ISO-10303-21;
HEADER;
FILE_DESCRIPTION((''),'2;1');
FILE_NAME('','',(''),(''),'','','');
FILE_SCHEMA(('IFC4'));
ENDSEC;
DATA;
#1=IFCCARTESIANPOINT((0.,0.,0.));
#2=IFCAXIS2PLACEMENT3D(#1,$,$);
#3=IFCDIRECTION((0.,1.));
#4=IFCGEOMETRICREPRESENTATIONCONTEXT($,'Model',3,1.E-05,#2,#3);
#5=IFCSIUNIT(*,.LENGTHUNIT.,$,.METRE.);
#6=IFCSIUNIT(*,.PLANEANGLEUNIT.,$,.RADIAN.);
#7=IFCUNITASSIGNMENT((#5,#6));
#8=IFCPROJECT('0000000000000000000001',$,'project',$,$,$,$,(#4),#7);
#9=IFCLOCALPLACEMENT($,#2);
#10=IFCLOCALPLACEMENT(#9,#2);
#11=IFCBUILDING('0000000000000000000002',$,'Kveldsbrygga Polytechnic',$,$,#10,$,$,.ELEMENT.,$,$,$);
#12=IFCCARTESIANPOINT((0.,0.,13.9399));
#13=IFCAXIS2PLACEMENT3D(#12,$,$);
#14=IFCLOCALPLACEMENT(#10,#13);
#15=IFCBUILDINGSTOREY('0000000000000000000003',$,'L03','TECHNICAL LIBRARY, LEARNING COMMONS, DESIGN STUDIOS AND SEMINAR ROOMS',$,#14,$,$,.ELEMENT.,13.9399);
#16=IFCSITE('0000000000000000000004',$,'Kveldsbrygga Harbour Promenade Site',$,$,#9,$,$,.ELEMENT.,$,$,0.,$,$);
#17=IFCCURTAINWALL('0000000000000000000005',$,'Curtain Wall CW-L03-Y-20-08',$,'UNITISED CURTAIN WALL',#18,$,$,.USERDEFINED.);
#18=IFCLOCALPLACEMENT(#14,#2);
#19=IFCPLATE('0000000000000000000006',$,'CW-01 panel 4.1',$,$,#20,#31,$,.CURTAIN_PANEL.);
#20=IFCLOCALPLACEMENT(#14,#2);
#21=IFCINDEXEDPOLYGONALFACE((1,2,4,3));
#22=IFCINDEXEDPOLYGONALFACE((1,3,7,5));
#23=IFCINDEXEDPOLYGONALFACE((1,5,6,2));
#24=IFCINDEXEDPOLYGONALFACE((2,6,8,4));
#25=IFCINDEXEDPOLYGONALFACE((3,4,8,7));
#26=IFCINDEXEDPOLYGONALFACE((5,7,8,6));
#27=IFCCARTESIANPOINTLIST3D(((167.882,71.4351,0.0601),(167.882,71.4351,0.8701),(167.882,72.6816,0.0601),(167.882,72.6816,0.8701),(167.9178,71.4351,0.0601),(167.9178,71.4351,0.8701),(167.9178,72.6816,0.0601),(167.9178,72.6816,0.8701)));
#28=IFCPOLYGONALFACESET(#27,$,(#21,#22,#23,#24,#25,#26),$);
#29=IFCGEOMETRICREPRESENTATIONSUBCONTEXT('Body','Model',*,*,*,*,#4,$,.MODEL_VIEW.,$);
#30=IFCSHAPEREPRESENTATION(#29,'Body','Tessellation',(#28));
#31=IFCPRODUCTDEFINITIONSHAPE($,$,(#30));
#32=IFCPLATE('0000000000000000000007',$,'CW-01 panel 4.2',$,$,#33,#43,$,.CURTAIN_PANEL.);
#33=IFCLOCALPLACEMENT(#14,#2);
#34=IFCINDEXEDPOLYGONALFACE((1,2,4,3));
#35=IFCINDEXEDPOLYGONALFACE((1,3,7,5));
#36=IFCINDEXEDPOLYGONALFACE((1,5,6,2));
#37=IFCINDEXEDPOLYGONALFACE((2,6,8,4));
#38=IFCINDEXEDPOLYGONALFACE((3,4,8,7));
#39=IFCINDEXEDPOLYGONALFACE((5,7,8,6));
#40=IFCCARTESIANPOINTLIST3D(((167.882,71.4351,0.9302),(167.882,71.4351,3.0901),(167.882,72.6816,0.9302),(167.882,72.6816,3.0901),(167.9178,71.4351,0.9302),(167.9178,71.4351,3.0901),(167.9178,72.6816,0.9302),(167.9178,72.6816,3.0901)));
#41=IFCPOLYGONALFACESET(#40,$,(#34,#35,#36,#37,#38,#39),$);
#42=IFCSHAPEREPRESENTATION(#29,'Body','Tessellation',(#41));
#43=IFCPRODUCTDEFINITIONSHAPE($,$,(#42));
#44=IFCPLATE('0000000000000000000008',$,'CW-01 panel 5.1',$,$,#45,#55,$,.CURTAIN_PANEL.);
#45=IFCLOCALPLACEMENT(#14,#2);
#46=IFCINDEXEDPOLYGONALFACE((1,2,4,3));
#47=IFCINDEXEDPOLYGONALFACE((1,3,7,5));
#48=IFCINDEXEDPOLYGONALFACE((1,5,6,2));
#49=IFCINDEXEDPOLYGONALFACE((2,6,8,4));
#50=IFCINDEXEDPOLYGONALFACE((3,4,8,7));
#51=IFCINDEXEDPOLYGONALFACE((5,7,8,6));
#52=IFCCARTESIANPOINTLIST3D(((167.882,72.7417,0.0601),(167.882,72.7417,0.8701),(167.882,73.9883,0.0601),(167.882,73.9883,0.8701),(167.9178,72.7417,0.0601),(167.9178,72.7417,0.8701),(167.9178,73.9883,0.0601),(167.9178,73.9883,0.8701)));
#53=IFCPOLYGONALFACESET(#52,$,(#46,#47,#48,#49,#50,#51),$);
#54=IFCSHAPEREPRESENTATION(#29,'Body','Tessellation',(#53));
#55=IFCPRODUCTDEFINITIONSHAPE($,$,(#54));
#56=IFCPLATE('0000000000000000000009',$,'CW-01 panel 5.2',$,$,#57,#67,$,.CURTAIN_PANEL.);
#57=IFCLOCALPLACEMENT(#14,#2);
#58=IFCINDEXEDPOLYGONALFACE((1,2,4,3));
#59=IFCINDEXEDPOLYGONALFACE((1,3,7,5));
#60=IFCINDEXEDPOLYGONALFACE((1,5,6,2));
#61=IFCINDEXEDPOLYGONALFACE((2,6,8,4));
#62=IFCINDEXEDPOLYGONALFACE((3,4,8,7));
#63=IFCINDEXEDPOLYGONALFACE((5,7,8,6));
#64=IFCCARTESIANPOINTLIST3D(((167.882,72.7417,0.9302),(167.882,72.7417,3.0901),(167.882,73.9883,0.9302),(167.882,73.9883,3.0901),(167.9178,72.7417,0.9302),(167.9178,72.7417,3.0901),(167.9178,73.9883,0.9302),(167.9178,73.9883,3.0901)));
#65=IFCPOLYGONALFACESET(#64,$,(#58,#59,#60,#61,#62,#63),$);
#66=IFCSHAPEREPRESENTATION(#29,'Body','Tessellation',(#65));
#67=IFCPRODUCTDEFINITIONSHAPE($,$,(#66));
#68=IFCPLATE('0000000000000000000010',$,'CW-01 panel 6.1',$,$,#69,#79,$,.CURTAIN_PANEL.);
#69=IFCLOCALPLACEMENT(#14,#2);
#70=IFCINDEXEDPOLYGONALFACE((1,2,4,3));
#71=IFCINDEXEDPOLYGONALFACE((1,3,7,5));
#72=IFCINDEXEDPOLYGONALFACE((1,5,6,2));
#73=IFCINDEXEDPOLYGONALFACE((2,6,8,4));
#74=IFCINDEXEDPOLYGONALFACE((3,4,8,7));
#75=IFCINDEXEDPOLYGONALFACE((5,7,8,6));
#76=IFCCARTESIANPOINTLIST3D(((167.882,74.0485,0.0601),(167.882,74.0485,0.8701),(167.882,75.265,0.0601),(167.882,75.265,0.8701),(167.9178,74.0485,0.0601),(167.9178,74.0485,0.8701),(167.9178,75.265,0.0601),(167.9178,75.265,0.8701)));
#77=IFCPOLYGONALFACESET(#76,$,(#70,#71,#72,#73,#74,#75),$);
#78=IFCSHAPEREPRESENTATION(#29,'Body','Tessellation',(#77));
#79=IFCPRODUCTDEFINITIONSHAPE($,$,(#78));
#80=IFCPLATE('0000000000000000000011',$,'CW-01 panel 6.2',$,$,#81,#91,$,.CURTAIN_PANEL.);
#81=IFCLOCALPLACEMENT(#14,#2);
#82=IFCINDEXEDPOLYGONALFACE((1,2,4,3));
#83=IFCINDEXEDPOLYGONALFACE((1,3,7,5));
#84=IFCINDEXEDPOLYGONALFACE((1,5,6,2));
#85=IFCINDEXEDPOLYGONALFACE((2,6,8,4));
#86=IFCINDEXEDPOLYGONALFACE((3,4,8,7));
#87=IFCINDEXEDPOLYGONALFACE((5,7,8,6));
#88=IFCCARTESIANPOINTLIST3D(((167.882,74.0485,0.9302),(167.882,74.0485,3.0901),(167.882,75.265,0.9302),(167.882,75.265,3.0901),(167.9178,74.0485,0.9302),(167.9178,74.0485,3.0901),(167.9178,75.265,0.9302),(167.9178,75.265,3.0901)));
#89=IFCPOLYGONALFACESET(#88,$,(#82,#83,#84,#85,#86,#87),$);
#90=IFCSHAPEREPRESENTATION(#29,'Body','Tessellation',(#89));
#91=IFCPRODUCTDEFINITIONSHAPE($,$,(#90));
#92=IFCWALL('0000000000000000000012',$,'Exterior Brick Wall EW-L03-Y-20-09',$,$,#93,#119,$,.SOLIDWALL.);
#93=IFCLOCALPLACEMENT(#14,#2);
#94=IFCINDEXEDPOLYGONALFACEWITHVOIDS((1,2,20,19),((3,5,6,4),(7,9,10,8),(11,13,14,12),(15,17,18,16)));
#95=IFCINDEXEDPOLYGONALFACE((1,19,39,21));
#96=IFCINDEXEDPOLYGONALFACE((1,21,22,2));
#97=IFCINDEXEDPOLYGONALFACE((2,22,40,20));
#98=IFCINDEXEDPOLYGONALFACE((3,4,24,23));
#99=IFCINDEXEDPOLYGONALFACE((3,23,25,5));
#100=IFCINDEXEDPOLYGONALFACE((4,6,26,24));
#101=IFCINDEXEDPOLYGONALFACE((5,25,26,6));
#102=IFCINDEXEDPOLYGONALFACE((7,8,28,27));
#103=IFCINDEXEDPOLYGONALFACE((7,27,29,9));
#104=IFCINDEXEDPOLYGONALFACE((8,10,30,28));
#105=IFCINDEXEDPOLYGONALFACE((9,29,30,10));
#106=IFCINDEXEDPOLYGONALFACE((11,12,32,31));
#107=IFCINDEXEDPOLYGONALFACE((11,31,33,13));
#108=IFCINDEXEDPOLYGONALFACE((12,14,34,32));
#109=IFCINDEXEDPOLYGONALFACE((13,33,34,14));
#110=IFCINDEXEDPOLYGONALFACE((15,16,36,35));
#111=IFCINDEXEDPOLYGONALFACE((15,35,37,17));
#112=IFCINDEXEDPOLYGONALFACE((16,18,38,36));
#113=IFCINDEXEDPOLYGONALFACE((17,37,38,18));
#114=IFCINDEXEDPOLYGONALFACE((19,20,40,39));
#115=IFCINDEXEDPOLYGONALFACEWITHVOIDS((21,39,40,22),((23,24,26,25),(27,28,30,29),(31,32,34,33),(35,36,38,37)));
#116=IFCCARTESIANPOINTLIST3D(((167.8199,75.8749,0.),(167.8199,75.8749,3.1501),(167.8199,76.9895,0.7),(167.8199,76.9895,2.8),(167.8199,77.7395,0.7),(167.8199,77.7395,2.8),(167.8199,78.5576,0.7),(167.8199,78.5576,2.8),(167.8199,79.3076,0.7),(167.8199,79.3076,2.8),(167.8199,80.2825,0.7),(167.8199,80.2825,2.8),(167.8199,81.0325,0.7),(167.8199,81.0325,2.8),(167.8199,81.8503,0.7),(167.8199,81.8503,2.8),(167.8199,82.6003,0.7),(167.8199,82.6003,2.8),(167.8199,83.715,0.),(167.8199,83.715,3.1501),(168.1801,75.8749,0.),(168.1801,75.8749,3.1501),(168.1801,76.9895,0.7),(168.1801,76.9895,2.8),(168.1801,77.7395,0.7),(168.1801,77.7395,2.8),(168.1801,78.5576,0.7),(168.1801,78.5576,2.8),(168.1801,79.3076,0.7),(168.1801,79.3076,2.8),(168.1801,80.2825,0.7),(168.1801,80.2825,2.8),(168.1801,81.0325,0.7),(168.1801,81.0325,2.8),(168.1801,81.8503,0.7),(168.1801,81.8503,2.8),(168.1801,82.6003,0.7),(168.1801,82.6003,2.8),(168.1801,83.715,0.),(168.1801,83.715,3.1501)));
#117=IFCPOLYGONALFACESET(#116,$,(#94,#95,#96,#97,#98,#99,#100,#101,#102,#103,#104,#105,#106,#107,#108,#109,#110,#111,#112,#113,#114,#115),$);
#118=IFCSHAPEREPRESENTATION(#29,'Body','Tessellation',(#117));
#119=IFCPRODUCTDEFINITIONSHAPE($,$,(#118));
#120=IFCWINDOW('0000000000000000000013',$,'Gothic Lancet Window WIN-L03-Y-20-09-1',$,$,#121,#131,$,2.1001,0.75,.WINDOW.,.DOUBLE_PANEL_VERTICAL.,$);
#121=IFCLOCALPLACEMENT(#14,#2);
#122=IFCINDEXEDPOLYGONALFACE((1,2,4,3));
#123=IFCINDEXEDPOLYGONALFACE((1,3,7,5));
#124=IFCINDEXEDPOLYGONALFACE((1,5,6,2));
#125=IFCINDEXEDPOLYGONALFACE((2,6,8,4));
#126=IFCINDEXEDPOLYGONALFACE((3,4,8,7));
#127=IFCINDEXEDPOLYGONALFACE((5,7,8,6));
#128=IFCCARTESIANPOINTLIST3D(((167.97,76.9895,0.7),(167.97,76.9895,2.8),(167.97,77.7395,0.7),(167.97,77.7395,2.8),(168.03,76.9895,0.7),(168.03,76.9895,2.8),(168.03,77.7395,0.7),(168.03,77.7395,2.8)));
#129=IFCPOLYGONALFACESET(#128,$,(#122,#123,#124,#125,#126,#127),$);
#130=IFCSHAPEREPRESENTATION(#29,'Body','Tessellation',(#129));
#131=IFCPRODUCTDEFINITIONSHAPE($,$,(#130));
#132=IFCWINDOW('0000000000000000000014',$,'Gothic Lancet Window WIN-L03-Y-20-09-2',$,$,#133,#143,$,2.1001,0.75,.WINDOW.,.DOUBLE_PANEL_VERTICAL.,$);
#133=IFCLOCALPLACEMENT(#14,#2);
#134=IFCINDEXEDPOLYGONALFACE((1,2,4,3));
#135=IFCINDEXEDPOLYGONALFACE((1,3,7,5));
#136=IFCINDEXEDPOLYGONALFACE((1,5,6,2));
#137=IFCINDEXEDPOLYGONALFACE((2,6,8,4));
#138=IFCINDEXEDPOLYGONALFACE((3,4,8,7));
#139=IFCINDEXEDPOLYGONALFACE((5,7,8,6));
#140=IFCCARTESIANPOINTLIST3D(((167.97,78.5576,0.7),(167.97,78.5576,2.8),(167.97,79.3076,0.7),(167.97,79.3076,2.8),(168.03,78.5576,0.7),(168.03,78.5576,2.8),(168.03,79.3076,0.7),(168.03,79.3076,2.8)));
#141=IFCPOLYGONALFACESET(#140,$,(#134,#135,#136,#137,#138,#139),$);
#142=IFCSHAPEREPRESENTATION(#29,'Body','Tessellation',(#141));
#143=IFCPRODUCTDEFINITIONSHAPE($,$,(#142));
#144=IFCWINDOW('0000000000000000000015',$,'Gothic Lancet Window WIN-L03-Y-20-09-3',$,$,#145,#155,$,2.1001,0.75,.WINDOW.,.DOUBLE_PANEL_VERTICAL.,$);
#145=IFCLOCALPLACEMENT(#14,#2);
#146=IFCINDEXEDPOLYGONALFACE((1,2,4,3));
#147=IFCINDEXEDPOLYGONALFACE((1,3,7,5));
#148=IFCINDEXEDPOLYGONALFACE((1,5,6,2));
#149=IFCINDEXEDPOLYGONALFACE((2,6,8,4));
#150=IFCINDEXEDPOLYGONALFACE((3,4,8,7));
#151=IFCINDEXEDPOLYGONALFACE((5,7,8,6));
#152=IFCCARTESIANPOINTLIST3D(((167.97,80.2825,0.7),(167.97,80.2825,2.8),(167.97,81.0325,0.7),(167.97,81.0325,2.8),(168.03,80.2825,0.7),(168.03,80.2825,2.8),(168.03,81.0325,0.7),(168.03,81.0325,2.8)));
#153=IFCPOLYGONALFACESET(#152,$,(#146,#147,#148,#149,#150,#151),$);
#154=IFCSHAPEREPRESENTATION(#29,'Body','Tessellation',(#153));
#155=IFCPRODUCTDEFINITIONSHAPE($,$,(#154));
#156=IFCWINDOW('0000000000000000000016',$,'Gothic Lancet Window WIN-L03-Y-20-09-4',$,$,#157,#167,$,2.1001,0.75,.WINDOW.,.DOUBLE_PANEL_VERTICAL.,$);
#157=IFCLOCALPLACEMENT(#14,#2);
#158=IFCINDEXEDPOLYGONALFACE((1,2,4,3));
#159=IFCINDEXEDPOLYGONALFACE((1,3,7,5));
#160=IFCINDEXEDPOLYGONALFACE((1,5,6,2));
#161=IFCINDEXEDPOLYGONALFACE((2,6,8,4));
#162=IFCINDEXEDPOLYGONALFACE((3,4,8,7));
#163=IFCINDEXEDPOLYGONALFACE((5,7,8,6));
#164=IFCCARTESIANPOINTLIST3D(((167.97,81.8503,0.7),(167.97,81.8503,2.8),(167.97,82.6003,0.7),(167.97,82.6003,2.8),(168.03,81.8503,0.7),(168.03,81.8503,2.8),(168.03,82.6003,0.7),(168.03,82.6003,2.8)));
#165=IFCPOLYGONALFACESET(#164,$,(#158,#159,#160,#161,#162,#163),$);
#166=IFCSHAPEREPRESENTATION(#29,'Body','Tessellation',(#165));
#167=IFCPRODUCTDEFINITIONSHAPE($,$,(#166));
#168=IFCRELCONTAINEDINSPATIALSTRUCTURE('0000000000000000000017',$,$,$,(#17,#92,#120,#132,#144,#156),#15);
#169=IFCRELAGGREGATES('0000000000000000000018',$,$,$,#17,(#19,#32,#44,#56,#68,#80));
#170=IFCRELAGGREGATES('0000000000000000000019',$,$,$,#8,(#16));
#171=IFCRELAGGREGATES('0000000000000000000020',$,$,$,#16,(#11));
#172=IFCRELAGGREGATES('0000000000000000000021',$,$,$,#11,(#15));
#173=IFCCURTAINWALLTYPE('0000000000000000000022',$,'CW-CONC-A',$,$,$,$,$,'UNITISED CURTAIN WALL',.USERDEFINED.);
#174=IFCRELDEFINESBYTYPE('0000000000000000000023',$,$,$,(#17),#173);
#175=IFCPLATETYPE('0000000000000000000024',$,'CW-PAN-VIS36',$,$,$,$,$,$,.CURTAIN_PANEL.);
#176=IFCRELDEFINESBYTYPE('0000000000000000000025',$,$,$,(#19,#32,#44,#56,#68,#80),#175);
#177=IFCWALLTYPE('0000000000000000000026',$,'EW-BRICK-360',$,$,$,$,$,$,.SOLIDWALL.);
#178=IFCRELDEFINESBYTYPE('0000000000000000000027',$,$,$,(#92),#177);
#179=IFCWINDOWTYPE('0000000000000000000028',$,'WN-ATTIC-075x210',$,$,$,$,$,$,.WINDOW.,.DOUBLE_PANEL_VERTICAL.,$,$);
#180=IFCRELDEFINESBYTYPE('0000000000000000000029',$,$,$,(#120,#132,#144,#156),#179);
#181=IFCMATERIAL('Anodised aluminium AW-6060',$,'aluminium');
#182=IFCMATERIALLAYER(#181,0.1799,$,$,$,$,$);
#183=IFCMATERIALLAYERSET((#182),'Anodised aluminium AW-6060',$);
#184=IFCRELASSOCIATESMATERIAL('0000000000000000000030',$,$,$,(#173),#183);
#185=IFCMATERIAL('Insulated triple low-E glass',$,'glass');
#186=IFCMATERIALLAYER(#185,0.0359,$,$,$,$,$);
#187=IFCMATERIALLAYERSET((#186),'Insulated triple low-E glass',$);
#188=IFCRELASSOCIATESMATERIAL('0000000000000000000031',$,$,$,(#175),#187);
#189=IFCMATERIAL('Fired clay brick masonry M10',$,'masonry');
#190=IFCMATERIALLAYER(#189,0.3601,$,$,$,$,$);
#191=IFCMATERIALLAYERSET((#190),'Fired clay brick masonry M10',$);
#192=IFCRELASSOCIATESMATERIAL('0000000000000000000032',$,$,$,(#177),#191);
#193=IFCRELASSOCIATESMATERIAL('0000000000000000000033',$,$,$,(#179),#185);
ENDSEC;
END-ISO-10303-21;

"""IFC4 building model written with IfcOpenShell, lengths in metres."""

from ifc_helpers import new_model, si_unit, direction, frame, frame_2d, origin, origin_2d, place, context, subcontext, project, spatial, rectangle, extrude, material, layer, layer_set, type_object, element, fill, aggregate, save


model = new_model("IFC4")

# Units and contexts
model_context = context("Model", 3, precision=1e-05, world=origin(), true_north=direction((0.0, 1.0)))
body_context = subcontext(model_context, "Body", "Model", "MODEL_VIEW")
ifc_project = project(units=[si_unit("LENGTHUNIT", "METRE"), si_unit("PLANEANGLEUNIT", "RADIAN")], contexts=[model_context])

# Site, building, storey
site_placement = place(None, origin())
site = spatial("IfcSite", under=ifc_project, at=site_placement, Name="Kveldsbrygga Harbour Promenade Site", CompositionType="ELEMENT", RefElevation=0.0)
building_placement = place(site_placement, origin())
building = spatial("IfcBuilding", under=site, at=building_placement, Name="Kveldsbrygga Polytechnic", CompositionType="ELEMENT")
storey_placement = place(building_placement, frame((0.0, 0.0, 13.9399)))
storey = spatial("IfcBuildingStorey", under=building, at=storey_placement, Name="L03", Description="TECHNICAL LIBRARY, LEARNING COMMONS, DESIGN STUDIOS AND SEMINAR ROOMS", CompositionType="ELEMENT", Elevation=13.9399)

# Curtain wall, plates
ifc_material_1 = material(Name="Anodised aluminium AW-6060", Category="aluminium")
ifc_layer_1 = layer(ifc_material_1, 0.1799)
ifc_layer_set_1 = layer_set([ifc_layer_1], Name="Anodised aluminium AW-6060")
curtain_wall_type = type_object("IfcCurtainWallType", Name="CW-CONC-A", ElementType="UNITISED CURTAIN WALL", PredefinedType="USERDEFINED", material=ifc_layer_set_1)
curtain_wall_placement = place(storey_placement, origin())
curtain_wall = element("IfcCurtainWall", 1, at=curtain_wall_placement, inside=storey, type_object=curtain_wall_type, Name="Curtain Wall CW-L03-Y-20-08", ObjectType="UNITISED CURTAIN WALL", PredefinedType="USERDEFINED")
ifc_material_2 = material(Name="Insulated triple low-E glass", Category="glass")
ifc_layer_2 = layer(ifc_material_2, 0.0359)
ifc_layer_set_2 = layer_set([ifc_layer_2], Name="Insulated triple low-E glass")
plate_type = type_object("IfcPlateType", Name="CW-PAN-VIS36", PredefinedType="CURTAIN_PANEL", material=ifc_layer_set_2)
plate_1_placement = place(storey_placement, frame((167.8999, 72.0583, 0.0601), z_axis=(0.0, 0.0, 1.0), x_axis=(0.0, 1.0, 0.0)))
plate_1 = element("IfcPlate", 2, at=plate_1_placement, type_object=plate_type, Name="CW-01 panel 4.1", PredefinedType="CURTAIN_PANEL", context=body_context, shape_type="SweptSolid", body=[
    extrude(rectangle(XDim=1.2466, YDim=0.0359, at=origin_2d()), origin(), (0.0, 0.0, 1.0), 0.8101),
])
plate_2_placement = place(storey_placement, frame((167.8999, 72.0583, 0.9302), z_axis=(0.0, 0.0, 1.0), x_axis=(0.0, 1.0, 0.0)))
plate_2 = element("IfcPlate", 3, at=plate_2_placement, type_object=plate_type, Name="CW-01 panel 4.2", PredefinedType="CURTAIN_PANEL", context=body_context, shape_type="SweptSolid", body=[
    extrude(rectangle(XDim=1.2466, YDim=0.0359, at=origin_2d()), origin(), (0.0, 0.0, 1.0), 2.1599),
])
plate_3_placement = place(storey_placement, frame((167.8999, 73.365, 0.0601), z_axis=(0.0, 0.0, 1.0), x_axis=(0.0, 1.0, 0.0)))
plate_3 = element("IfcPlate", 4, at=plate_3_placement, type_object=plate_type, Name="CW-01 panel 5.1", PredefinedType="CURTAIN_PANEL", context=body_context, shape_type="SweptSolid", body=[
    extrude(rectangle(XDim=1.2466, YDim=0.0359, at=origin_2d()), origin(), (0.0, 0.0, 1.0), 0.8101),
])
plate_4_placement = place(storey_placement, frame((167.8999, 73.365, 0.9302), z_axis=(0.0, 0.0, 1.0), x_axis=(0.0, 1.0, 0.0)))
plate_4 = element("IfcPlate", 5, at=plate_4_placement, type_object=plate_type, Name="CW-01 panel 5.2", PredefinedType="CURTAIN_PANEL", context=body_context, shape_type="SweptSolid", body=[
    extrude(rectangle(XDim=1.2466, YDim=0.0359, at=origin_2d()), origin(), (0.0, 0.0, 1.0), 2.1599),
])
plate_5_placement = place(storey_placement, frame((167.8999, 74.6567, 0.0601), z_axis=(0.0, 0.0, 1.0), x_axis=(0.0, 1.0, 0.0)))
plate_5 = element("IfcPlate", 6, at=plate_5_placement, type_object=plate_type, Name="CW-01 panel 6.1", PredefinedType="CURTAIN_PANEL", context=body_context, shape_type="SweptSolid", body=[
    extrude(rectangle(XDim=1.2166, YDim=0.0359, at=origin_2d()), origin(), (0.0, 0.0, 1.0), 0.8101),
])
plate_6_placement = place(storey_placement, frame((167.8999, 74.6567, 0.9302), z_axis=(0.0, 0.0, 1.0), x_axis=(0.0, 1.0, 0.0)))
plate_6 = element("IfcPlate", 7, at=plate_6_placement, type_object=plate_type, Name="CW-01 panel 6.2", PredefinedType="CURTAIN_PANEL", context=body_context, shape_type="SweptSolid", body=[
    extrude(rectangle(XDim=1.2166, YDim=0.0359, at=origin_2d()), origin(), (0.0, 0.0, 1.0), 2.1599),
])
aggregate(curtain_wall, [plate_1, plate_2, plate_3, plate_4, plate_5, plate_6])

# Wall, openings, windows
ifc_material_3 = material(Name="Fired clay brick masonry M10", Category="masonry")
ifc_layer_3 = layer(ifc_material_3, 0.3601)
ifc_layer_set_3 = layer_set([ifc_layer_3], Name="Fired clay brick masonry M10")
wall_type = type_object("IfcWallType", Name="EW-BRICK-360", PredefinedType="SOLIDWALL", material=ifc_layer_set_3)
wall_placement = place(storey_placement, frame((168.0, 75.875, 0.0), z_axis=(0.0, 0.0, 1.0), x_axis=(0.0, 1.0, 0.0)))
wall = element("IfcWall", 8, at=wall_placement, inside=storey, type_object=wall_type, Name="Exterior Brick Wall EW-L03-Y-20-09", PredefinedType="SOLIDWALL", context=body_context, shape_type="SweptSolid", body=[
    extrude(rectangle(XDim=7.8401, YDim=0.3601, at=frame_2d((3.9199, 0.0))), origin(), (0.0, 0.0, 1.0), 3.1501),
])
opening_1_placement = place(wall_placement, frame((1.1145, 0.0, 0.7)))
opening_1 = element("IfcOpeningElement", 9, at=opening_1_placement, cuts=wall, PredefinedType="OPENING", context=body_context, shape_type="SweptSolid", body=[
    extrude(rectangle(XDim=0.75, YDim=2.1001, at=frame_2d((0.375, 1.05))), frame((0.0, 0.1899, 0.0), z_axis=(0.0, -1.0, 0.0), x_axis=(1.0, 0.0, 0.0)), (0.0, 0.0, 1.0), 0.3801),
])
opening_2_placement = place(wall_placement, frame((2.6826, 0.0, 0.7)))
opening_2 = element("IfcOpeningElement", 10, at=opening_2_placement, cuts=wall, PredefinedType="OPENING", context=body_context, shape_type="SweptSolid", body=[
    extrude(rectangle(XDim=0.75, YDim=2.1001, at=frame_2d((0.375, 1.05))), frame((0.0, 0.1899, 0.0), z_axis=(0.0, -1.0, 0.0), x_axis=(1.0, 0.0, 0.0)), (0.0, 0.0, 1.0), 0.3801),
])
opening_3_placement = place(wall_placement, frame((4.4075, 0.0, 0.7)))
opening_3 = element("IfcOpeningElement", 11, at=opening_3_placement, cuts=wall, PredefinedType="OPENING", context=body_context, shape_type="SweptSolid", body=[
    extrude(rectangle(XDim=0.75, YDim=2.1001, at=frame_2d((0.375, 1.05))), frame((0.0, 0.1899, 0.0), z_axis=(0.0, -1.0, 0.0), x_axis=(1.0, 0.0, 0.0)), (0.0, 0.0, 1.0), 0.3801),
])
opening_4_placement = place(wall_placement, frame((5.9753, 0.0, 0.7)))
opening_4 = element("IfcOpeningElement", 12, at=opening_4_placement, cuts=wall, PredefinedType="OPENING", context=body_context, shape_type="SweptSolid", body=[
    extrude(rectangle(XDim=0.75, YDim=2.1001, at=frame_2d((0.375, 1.05))), frame((0.0, 0.1899, 0.0), z_axis=(0.0, -1.0, 0.0), x_axis=(1.0, 0.0, 0.0)), (0.0, 0.0, 1.0), 0.3801),
])
window_type = type_object("IfcWindowType", Name="WN-ATTIC-075x210", PartitioningType="DOUBLE_PANEL_VERTICAL", PredefinedType="WINDOW", material=ifc_material_2)
window_1_placement = place(opening_1_placement, origin())
window_1 = element("IfcWindow", 13, at=window_1_placement, inside=storey, type_object=window_type, Name="Gothic Lancet Window WIN-L03-Y-20-09-1", OverallHeight=2.1001, OverallWidth=0.75, PartitioningType="DOUBLE_PANEL_VERTICAL", PredefinedType="WINDOW", context=body_context, shape_type="SweptSolid", body=[
    extrude(rectangle(XDim=0.75, YDim=2.1001, at=frame_2d((0.375, 1.05))), frame((0.0, 0.03, 0.0), z_axis=(0.0, -1.0, 0.0), x_axis=(1.0, 0.0, 0.0)), (0.0, 0.0, 1.0), 0.0601),
])
fill(opening_1, window_1)
window_2_placement = place(opening_2_placement, origin())
window_2 = element("IfcWindow", 14, at=window_2_placement, inside=storey, type_object=window_type, Name="Gothic Lancet Window WIN-L03-Y-20-09-2", OverallHeight=2.1001, OverallWidth=0.75, PartitioningType="DOUBLE_PANEL_VERTICAL", PredefinedType="WINDOW", context=body_context, shape_type="SweptSolid", body=[
    extrude(rectangle(XDim=0.75, YDim=2.1001, at=frame_2d((0.375, 1.05))), frame((0.0, 0.03, 0.0), z_axis=(0.0, -1.0, 0.0), x_axis=(1.0, 0.0, 0.0)), (0.0, 0.0, 1.0), 0.0601),
])
fill(opening_2, window_2)
window_3_placement = place(opening_3_placement, origin())
window_3 = element("IfcWindow", 15, at=window_3_placement, inside=storey, type_object=window_type, Name="Gothic Lancet Window WIN-L03-Y-20-09-3", OverallHeight=2.1001, OverallWidth=0.75, PartitioningType="DOUBLE_PANEL_VERTICAL", PredefinedType="WINDOW", context=body_context, shape_type="SweptSolid", body=[
    extrude(rectangle(XDim=0.75, YDim=2.1001, at=frame_2d((0.375, 1.05))), frame((0.0, 0.03, 0.0), z_axis=(0.0, -1.0, 0.0), x_axis=(1.0, 0.0, 0.0)), (0.0, 0.0, 1.0), 0.0601),
])
fill(opening_3, window_3)
window_4_placement = place(opening_4_placement, origin())
window_4 = element("IfcWindow", 16, at=window_4_placement, inside=storey, type_object=window_type, Name="Gothic Lancet Window WIN-L03-Y-20-09-4", OverallHeight=2.1001, OverallWidth=0.75, PartitioningType="DOUBLE_PANEL_VERTICAL", PredefinedType="WINDOW", context=body_context, shape_type="SweptSolid", body=[
    extrude(rectangle(XDim=0.75, YDim=2.1001, at=frame_2d((0.375, 1.05))), frame((0.0, 0.03, 0.0), z_axis=(0.0, -1.0, 0.0), x_axis=(1.0, 0.0, 0.0)), (0.0, 0.0, 1.0), 0.0601),
])
fill(opening_4, window_4)

save(model, "model.ifc")
